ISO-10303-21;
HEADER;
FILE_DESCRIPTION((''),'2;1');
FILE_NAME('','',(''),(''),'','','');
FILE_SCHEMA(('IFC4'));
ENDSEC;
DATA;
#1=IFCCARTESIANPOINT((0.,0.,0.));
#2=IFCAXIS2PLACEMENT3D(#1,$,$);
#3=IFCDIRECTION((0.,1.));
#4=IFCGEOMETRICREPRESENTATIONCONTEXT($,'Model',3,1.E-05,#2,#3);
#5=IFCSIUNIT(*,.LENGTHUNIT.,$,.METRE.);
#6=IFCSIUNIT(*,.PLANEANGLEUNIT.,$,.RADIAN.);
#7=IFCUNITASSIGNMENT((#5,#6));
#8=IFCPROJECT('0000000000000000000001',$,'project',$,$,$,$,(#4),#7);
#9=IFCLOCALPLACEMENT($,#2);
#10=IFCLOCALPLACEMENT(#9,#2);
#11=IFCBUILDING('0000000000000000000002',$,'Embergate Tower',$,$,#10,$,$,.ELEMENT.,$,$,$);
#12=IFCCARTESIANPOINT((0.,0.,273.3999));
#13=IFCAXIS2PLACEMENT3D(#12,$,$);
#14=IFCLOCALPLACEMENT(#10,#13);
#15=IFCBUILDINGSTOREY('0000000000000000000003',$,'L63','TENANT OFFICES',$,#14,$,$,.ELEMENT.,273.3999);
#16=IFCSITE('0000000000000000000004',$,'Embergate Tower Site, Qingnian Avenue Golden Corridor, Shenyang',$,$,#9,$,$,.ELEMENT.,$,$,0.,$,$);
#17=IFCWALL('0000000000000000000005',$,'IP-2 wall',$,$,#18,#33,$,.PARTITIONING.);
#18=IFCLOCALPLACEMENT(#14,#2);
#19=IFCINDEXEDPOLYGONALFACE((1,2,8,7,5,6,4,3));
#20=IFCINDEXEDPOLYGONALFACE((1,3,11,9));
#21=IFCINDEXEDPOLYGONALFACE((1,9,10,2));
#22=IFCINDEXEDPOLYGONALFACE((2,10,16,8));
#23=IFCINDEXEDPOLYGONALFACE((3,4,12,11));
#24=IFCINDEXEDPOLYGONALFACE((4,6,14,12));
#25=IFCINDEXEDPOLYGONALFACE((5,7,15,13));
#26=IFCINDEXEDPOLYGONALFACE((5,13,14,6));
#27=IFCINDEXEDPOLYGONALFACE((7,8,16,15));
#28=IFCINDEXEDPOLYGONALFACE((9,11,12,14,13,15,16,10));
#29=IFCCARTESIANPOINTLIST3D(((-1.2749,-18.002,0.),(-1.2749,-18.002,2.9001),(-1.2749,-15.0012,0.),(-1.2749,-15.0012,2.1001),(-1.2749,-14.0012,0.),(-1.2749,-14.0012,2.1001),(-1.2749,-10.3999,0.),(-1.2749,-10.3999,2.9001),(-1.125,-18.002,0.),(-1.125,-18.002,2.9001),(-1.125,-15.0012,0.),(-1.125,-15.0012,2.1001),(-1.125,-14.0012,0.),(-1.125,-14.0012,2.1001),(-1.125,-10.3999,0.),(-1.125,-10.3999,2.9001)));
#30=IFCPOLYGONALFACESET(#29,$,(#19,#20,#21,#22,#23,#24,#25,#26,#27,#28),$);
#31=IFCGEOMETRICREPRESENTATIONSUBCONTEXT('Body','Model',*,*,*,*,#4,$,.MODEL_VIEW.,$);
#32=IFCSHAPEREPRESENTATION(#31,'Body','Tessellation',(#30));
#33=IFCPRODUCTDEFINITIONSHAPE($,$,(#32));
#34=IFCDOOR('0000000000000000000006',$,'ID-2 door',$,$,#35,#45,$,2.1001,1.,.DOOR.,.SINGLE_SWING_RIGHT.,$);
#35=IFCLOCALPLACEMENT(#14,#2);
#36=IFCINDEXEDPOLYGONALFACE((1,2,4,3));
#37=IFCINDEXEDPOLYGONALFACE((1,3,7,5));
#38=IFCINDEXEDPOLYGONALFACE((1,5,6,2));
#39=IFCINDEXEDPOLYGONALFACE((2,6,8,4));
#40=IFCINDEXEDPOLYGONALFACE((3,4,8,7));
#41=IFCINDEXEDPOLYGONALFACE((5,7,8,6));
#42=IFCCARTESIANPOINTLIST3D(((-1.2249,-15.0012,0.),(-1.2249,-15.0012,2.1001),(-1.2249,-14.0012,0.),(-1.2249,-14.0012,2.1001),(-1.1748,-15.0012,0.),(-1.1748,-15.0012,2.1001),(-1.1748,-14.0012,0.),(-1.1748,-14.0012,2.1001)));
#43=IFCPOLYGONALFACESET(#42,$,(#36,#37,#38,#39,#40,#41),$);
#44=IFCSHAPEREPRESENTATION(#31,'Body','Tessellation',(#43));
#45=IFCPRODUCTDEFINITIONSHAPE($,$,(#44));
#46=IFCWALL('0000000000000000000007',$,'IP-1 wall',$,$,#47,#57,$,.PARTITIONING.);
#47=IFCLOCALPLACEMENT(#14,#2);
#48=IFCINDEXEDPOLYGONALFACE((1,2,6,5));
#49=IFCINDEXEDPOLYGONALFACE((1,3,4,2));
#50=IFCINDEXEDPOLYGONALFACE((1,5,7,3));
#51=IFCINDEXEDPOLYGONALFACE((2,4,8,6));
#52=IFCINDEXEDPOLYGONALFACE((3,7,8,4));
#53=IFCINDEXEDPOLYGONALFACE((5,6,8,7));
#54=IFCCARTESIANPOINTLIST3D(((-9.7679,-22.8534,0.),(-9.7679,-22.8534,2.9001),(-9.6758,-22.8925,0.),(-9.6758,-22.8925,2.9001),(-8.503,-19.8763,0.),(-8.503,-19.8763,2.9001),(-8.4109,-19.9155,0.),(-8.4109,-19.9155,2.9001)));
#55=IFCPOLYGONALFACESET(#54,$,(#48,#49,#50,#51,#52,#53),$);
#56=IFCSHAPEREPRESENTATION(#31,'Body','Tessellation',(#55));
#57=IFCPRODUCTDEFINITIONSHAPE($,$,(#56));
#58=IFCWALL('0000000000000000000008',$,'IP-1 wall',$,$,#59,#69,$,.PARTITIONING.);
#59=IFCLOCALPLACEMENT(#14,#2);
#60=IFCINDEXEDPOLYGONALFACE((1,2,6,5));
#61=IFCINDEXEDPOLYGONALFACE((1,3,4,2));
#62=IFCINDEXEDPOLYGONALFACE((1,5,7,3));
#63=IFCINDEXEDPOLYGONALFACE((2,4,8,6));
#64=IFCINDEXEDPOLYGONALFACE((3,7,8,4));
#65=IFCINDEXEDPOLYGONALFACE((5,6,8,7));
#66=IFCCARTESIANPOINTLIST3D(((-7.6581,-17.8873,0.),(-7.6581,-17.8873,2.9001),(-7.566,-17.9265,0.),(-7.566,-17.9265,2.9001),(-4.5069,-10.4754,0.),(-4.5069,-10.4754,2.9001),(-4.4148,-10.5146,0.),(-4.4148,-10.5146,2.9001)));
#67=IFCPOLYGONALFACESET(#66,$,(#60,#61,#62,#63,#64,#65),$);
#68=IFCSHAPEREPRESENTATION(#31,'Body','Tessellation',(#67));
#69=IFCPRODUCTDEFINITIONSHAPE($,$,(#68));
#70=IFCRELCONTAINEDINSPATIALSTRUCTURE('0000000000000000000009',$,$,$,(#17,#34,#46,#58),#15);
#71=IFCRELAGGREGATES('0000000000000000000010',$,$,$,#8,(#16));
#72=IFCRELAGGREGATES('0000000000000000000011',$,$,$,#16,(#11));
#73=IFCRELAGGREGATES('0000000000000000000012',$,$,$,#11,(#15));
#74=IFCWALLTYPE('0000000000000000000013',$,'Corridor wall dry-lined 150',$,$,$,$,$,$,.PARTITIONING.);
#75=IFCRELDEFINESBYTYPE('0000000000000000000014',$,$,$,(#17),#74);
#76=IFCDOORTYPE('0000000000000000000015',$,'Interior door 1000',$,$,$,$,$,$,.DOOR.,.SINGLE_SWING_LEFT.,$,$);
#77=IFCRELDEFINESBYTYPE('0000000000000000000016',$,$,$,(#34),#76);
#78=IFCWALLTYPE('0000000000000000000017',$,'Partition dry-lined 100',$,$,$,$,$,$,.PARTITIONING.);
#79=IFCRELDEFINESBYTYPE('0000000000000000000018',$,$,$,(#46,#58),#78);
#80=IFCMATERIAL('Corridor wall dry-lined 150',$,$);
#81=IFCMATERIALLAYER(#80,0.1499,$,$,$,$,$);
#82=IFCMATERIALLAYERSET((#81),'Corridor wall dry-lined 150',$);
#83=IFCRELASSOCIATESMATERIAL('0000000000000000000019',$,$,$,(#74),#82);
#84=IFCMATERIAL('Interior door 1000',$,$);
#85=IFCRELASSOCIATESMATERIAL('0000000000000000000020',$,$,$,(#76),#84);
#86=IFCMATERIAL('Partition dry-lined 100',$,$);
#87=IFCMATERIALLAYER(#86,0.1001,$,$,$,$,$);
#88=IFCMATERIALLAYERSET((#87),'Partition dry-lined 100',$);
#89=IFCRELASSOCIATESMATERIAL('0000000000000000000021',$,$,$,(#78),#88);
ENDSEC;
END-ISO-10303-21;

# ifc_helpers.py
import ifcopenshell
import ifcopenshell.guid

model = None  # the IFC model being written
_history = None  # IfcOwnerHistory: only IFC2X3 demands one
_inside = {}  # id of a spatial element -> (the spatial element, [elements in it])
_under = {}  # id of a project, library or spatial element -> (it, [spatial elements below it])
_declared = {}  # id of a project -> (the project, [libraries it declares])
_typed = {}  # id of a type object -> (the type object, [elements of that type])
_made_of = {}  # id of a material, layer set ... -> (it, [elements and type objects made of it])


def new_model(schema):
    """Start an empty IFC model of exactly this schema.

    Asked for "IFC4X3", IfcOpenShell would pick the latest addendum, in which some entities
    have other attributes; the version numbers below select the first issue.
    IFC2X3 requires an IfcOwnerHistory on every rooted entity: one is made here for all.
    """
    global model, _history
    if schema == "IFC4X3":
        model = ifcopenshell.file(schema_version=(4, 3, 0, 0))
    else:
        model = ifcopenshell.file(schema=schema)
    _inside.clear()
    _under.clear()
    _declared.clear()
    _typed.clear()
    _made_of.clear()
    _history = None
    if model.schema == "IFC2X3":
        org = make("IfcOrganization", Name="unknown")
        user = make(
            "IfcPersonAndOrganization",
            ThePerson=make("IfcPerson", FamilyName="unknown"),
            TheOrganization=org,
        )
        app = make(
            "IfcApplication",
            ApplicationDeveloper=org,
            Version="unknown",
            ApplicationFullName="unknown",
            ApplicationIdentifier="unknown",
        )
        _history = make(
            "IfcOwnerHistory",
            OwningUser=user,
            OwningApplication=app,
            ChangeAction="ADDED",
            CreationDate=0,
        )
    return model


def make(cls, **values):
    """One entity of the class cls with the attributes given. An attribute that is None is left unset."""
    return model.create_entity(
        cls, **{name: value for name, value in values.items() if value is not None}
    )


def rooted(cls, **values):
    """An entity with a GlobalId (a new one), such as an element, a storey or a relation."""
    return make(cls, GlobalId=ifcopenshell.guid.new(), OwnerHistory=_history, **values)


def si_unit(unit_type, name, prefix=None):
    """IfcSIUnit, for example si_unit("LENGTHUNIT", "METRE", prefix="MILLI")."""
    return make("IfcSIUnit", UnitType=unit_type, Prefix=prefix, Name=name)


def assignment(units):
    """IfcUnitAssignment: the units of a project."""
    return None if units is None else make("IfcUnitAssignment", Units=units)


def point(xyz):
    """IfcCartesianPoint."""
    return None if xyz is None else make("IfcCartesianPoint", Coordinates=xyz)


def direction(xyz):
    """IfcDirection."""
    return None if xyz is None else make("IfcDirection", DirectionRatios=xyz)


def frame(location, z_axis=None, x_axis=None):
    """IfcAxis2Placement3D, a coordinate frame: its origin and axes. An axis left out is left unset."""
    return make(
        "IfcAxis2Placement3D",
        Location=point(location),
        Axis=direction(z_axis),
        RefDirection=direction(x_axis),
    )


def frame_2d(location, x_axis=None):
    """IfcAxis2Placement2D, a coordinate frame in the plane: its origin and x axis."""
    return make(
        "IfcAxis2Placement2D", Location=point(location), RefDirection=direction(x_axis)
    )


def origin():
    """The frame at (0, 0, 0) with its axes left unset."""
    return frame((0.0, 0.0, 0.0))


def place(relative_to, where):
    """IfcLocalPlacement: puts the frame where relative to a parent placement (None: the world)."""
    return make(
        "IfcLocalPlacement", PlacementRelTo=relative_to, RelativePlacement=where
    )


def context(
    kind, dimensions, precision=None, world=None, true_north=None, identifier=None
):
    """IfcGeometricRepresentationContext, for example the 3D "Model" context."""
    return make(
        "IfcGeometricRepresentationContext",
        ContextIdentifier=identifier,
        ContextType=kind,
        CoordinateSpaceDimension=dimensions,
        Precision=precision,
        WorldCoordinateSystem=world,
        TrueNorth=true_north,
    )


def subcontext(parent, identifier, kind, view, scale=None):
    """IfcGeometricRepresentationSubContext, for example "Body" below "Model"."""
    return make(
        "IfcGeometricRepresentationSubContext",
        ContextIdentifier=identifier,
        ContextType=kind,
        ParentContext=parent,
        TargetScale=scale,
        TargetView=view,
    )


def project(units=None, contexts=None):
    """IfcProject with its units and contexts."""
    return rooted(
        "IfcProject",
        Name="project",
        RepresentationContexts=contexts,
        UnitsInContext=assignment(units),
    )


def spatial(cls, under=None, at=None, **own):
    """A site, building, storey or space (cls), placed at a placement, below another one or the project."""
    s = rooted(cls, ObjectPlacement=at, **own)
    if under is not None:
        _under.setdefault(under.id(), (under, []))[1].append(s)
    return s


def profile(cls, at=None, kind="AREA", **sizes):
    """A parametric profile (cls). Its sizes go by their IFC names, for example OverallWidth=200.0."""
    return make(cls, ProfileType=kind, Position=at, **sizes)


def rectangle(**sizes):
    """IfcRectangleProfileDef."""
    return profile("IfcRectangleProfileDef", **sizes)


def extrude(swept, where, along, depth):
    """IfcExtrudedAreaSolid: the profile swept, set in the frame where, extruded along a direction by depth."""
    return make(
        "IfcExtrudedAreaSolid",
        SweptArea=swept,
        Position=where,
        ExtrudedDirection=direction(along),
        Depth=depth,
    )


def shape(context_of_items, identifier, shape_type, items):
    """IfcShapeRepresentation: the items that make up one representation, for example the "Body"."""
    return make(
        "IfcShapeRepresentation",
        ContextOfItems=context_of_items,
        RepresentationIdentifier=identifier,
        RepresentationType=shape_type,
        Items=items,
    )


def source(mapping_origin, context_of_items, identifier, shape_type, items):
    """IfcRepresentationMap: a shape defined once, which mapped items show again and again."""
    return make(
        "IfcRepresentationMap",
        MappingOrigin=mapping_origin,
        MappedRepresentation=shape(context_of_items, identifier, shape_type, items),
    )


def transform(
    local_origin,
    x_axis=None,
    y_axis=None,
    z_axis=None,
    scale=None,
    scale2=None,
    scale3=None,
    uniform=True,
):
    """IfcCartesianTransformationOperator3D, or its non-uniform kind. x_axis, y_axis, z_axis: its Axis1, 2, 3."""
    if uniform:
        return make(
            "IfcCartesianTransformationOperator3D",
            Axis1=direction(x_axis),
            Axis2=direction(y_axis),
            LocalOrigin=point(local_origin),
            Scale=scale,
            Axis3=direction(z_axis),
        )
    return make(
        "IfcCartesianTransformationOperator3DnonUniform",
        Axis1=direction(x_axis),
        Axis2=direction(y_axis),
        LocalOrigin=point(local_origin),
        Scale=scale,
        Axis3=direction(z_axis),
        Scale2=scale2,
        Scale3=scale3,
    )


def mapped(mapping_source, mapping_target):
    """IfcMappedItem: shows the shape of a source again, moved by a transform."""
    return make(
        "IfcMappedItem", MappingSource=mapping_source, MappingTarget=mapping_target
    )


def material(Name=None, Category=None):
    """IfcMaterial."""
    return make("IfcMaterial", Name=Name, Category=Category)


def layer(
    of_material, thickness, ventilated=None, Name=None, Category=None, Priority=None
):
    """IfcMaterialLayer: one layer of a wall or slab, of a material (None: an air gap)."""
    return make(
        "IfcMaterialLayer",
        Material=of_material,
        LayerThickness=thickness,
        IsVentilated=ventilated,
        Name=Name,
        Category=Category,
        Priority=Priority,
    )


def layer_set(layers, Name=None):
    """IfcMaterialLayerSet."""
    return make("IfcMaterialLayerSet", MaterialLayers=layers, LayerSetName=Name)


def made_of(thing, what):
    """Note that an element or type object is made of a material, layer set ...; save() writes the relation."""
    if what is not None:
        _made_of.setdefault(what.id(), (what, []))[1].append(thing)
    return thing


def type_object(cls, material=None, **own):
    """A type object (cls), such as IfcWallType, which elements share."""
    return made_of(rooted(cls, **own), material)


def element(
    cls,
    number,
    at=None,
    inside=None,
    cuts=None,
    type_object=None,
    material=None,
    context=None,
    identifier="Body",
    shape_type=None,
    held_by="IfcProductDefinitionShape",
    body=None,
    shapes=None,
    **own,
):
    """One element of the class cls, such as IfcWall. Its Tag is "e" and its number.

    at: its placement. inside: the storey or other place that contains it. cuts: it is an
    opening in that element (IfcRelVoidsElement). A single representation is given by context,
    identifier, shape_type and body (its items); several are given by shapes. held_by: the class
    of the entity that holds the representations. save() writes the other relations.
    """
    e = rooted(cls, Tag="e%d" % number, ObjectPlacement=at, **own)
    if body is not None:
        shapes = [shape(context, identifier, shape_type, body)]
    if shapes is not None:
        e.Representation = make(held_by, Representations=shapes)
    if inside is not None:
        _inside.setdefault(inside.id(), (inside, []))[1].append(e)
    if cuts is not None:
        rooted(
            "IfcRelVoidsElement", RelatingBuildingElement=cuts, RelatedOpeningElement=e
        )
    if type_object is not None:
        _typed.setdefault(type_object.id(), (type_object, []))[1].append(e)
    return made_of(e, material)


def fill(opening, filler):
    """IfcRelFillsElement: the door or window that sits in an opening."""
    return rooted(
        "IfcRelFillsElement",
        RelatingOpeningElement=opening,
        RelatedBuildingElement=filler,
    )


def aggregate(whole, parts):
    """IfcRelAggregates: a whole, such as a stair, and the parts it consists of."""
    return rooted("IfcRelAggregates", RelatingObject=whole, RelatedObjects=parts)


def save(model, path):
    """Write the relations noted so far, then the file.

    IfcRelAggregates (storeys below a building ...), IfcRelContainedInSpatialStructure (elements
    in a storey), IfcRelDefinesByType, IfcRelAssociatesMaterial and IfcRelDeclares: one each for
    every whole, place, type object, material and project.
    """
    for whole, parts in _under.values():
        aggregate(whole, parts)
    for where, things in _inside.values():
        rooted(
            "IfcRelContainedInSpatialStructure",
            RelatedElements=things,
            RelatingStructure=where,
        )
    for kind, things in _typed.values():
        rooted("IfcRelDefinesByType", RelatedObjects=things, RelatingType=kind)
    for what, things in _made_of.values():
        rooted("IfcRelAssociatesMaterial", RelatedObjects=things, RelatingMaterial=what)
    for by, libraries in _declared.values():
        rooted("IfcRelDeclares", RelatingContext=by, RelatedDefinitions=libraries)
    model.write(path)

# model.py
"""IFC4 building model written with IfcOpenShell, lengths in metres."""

from ifc_helpers import new_model, si_unit, direction, frame, frame_2d, origin, place, context, subcontext, project, spatial, rectangle, extrude, source, transform, mapped, material, layer, layer_set, type_object, element, fill, save


model = new_model("IFC4")

# Units and contexts
model_context = context("Model", 3, precision=1e-05, world=origin(), true_north=direction((0.0, 1.0)))
body_context = subcontext(model_context, "Body", "Model", "MODEL_VIEW")
ifc_project = project(units=[si_unit("LENGTHUNIT", "METRE"), si_unit("PLANEANGLEUNIT", "RADIAN")], contexts=[model_context])

# Site, building, storey
site_placement = place(None, origin())
site = spatial("IfcSite", under=ifc_project, at=site_placement, Name="Embergate Tower Site, Qingnian Avenue Golden Corridor, Shenyang", CompositionType="ELEMENT", RefElevation=0.0)
building_placement = place(site_placement, origin())
building = spatial("IfcBuilding", under=site, at=building_placement, Name="Embergate Tower", CompositionType="ELEMENT")
storey_placement = place(building_placement, frame((0.0, 0.0, 273.3999)))
storey = spatial("IfcBuildingStorey", under=building, at=storey_placement, Name="L63", Description="TENANT OFFICES", CompositionType="ELEMENT", Elevation=273.3999)

# Shared definitions
ifc_material_1 = material(Name="Corridor wall dry-lined 150")
ifc_layer_1 = layer(ifc_material_1, 0.1499)
ifc_layer_set_1 = layer_set([ifc_layer_1], Name="Corridor wall dry-lined 150")
wall_type_1 = type_object("IfcWallType", Name="Corridor wall dry-lined 150", PredefinedType="PARTITIONING", material=ifc_layer_set_1)
shared_shape_1 = source(origin(), body_context, "Body", "SweptSolid", [
    extrude(rectangle(XDim=1.0, YDim=2.1001, at=frame_2d((0.5, 1.05))), frame((0.0, 0.085, 0.0), z_axis=(0.0, -1.0, 0.0), x_axis=(1.0, 0.0, 0.0)), (0.0, 0.0, 1.0), 0.1699),
])
ifc_material_2 = material(Name="Interior door 1000")
door_type_1 = type_object("IfcDoorType", Name="Interior door 1000", OperationType="SINGLE_SWING_LEFT", PredefinedType="DOOR", material=ifc_material_2)
shared_shape_2 = source(origin(), body_context, "Body", "SweptSolid", [
    extrude(rectangle(XDim=1.0, YDim=2.1001, at=frame_2d((0.5, 1.05))), frame((0.0, 0.0249, 0.0), z_axis=(0.0, -1.0, 0.0), x_axis=(1.0, 0.0, 0.0)), (0.0, 0.0, 1.0), 0.05),
])

# Shared definitions
ifc_material_3 = material(Name="Partition dry-lined 100")
ifc_layer_2 = layer(ifc_material_3, 0.1001)
ifc_layer_set_2 = layer_set([ifc_layer_2], Name="Partition dry-lined 100")
wall_type_2 = type_object("IfcWallType", Name="Partition dry-lined 100", PredefinedType="PARTITIONING", material=ifc_layer_set_2)

# Wall, opening, door
shared_shape_3 = source(origin(), body_context, "Body", "SweptSolid", [
    extrude(rectangle(XDim=7.6021, YDim=0.1499, at=frame_2d((3.801, 0.0))), origin(), (0.0, 0.0, 1.0), 2.9001),
])
wall_1_placement = place(storey_placement, frame((-1.2, -18.002, 0.0), z_axis=(0.0, 0.0, 1.0), x_axis=(0.0, 1.0, 0.0)))
wall_1 = element("IfcWall", 1, at=wall_1_placement, inside=storey, type_object=wall_type_1, Name="IP-2 wall", PredefinedType="PARTITIONING", context=body_context, shape_type="MappedRepresentation", body=[
    mapped(shared_shape_3, transform((0.0, 0.0, 0.0))),
])
opening_1_placement = place(wall_1_placement, frame((3.0007, 0.0, 0.0)))
opening_1 = element("IfcOpeningElement", 2, at=opening_1_placement, cuts=wall_1, PredefinedType="OPENING", context=body_context, shape_type="MappedRepresentation", body=[
    mapped(shared_shape_1, transform((0.0, 0.0, 0.0))),
])
door_1_placement = place(opening_1_placement, origin())
door_1 = element("IfcDoor", 3, at=door_1_placement, inside=storey, type_object=door_type_1, Name="ID-2 door", OperationType="SINGLE_SWING_RIGHT", OverallHeight=2.1001, OverallWidth=1.0, PredefinedType="DOOR", context=body_context, shape_type="MappedRepresentation", body=[
    mapped(shared_shape_2, transform((0.0, 0.0, 0.0))),
])
fill(opening_1, door_1)

# Walls
shared_shape_4 = source(origin(), body_context, "Body", "SweptSolid", [
    extrude(rectangle(XDim=3.2346, YDim=0.1001, at=frame_2d((1.6172, 0.0))), origin(), (0.0, 0.0, 1.0), 2.9001),
])
wall_2_placement = place(storey_placement, frame((-8.457, -19.896, 0.0), z_axis=(0.0, 0.0, 1.0), x_axis=(-0.391048, -0.92037, 0.0)))
element("IfcWall", 4, at=wall_2_placement, inside=storey, type_object=wall_type_2, Name="IP-1 wall", PredefinedType="PARTITIONING", context=body_context, shape_type="MappedRepresentation", body=[
    mapped(shared_shape_4, transform((0.0, 0.0, 0.0))),
])
shared_shape_5 = source(origin(), body_context, "Body", "SweptSolid", [
    extrude(rectangle(XDim=8.054, YDim=0.1001, at=frame_2d((4.0269, 0.0))), origin(), (0.0, 0.0, 1.0), 2.9001),
])
wall_3_placement = place(storey_placement, frame((-4.4609, -10.4951, 0.0), z_axis=(0.0, 0.0, 1.0), x_axis=(-0.391254, -0.920283, 0.0)))
element("IfcWall", 5, at=wall_3_placement, inside=storey, type_object=wall_type_2, Name="IP-1 wall", PredefinedType="PARTITIONING", context=body_context, shape_type="MappedRepresentation", body=[
    mapped(shared_shape_5, transform((0.0, 0.0, 0.0))),
])

save(model, "model.ifc")
